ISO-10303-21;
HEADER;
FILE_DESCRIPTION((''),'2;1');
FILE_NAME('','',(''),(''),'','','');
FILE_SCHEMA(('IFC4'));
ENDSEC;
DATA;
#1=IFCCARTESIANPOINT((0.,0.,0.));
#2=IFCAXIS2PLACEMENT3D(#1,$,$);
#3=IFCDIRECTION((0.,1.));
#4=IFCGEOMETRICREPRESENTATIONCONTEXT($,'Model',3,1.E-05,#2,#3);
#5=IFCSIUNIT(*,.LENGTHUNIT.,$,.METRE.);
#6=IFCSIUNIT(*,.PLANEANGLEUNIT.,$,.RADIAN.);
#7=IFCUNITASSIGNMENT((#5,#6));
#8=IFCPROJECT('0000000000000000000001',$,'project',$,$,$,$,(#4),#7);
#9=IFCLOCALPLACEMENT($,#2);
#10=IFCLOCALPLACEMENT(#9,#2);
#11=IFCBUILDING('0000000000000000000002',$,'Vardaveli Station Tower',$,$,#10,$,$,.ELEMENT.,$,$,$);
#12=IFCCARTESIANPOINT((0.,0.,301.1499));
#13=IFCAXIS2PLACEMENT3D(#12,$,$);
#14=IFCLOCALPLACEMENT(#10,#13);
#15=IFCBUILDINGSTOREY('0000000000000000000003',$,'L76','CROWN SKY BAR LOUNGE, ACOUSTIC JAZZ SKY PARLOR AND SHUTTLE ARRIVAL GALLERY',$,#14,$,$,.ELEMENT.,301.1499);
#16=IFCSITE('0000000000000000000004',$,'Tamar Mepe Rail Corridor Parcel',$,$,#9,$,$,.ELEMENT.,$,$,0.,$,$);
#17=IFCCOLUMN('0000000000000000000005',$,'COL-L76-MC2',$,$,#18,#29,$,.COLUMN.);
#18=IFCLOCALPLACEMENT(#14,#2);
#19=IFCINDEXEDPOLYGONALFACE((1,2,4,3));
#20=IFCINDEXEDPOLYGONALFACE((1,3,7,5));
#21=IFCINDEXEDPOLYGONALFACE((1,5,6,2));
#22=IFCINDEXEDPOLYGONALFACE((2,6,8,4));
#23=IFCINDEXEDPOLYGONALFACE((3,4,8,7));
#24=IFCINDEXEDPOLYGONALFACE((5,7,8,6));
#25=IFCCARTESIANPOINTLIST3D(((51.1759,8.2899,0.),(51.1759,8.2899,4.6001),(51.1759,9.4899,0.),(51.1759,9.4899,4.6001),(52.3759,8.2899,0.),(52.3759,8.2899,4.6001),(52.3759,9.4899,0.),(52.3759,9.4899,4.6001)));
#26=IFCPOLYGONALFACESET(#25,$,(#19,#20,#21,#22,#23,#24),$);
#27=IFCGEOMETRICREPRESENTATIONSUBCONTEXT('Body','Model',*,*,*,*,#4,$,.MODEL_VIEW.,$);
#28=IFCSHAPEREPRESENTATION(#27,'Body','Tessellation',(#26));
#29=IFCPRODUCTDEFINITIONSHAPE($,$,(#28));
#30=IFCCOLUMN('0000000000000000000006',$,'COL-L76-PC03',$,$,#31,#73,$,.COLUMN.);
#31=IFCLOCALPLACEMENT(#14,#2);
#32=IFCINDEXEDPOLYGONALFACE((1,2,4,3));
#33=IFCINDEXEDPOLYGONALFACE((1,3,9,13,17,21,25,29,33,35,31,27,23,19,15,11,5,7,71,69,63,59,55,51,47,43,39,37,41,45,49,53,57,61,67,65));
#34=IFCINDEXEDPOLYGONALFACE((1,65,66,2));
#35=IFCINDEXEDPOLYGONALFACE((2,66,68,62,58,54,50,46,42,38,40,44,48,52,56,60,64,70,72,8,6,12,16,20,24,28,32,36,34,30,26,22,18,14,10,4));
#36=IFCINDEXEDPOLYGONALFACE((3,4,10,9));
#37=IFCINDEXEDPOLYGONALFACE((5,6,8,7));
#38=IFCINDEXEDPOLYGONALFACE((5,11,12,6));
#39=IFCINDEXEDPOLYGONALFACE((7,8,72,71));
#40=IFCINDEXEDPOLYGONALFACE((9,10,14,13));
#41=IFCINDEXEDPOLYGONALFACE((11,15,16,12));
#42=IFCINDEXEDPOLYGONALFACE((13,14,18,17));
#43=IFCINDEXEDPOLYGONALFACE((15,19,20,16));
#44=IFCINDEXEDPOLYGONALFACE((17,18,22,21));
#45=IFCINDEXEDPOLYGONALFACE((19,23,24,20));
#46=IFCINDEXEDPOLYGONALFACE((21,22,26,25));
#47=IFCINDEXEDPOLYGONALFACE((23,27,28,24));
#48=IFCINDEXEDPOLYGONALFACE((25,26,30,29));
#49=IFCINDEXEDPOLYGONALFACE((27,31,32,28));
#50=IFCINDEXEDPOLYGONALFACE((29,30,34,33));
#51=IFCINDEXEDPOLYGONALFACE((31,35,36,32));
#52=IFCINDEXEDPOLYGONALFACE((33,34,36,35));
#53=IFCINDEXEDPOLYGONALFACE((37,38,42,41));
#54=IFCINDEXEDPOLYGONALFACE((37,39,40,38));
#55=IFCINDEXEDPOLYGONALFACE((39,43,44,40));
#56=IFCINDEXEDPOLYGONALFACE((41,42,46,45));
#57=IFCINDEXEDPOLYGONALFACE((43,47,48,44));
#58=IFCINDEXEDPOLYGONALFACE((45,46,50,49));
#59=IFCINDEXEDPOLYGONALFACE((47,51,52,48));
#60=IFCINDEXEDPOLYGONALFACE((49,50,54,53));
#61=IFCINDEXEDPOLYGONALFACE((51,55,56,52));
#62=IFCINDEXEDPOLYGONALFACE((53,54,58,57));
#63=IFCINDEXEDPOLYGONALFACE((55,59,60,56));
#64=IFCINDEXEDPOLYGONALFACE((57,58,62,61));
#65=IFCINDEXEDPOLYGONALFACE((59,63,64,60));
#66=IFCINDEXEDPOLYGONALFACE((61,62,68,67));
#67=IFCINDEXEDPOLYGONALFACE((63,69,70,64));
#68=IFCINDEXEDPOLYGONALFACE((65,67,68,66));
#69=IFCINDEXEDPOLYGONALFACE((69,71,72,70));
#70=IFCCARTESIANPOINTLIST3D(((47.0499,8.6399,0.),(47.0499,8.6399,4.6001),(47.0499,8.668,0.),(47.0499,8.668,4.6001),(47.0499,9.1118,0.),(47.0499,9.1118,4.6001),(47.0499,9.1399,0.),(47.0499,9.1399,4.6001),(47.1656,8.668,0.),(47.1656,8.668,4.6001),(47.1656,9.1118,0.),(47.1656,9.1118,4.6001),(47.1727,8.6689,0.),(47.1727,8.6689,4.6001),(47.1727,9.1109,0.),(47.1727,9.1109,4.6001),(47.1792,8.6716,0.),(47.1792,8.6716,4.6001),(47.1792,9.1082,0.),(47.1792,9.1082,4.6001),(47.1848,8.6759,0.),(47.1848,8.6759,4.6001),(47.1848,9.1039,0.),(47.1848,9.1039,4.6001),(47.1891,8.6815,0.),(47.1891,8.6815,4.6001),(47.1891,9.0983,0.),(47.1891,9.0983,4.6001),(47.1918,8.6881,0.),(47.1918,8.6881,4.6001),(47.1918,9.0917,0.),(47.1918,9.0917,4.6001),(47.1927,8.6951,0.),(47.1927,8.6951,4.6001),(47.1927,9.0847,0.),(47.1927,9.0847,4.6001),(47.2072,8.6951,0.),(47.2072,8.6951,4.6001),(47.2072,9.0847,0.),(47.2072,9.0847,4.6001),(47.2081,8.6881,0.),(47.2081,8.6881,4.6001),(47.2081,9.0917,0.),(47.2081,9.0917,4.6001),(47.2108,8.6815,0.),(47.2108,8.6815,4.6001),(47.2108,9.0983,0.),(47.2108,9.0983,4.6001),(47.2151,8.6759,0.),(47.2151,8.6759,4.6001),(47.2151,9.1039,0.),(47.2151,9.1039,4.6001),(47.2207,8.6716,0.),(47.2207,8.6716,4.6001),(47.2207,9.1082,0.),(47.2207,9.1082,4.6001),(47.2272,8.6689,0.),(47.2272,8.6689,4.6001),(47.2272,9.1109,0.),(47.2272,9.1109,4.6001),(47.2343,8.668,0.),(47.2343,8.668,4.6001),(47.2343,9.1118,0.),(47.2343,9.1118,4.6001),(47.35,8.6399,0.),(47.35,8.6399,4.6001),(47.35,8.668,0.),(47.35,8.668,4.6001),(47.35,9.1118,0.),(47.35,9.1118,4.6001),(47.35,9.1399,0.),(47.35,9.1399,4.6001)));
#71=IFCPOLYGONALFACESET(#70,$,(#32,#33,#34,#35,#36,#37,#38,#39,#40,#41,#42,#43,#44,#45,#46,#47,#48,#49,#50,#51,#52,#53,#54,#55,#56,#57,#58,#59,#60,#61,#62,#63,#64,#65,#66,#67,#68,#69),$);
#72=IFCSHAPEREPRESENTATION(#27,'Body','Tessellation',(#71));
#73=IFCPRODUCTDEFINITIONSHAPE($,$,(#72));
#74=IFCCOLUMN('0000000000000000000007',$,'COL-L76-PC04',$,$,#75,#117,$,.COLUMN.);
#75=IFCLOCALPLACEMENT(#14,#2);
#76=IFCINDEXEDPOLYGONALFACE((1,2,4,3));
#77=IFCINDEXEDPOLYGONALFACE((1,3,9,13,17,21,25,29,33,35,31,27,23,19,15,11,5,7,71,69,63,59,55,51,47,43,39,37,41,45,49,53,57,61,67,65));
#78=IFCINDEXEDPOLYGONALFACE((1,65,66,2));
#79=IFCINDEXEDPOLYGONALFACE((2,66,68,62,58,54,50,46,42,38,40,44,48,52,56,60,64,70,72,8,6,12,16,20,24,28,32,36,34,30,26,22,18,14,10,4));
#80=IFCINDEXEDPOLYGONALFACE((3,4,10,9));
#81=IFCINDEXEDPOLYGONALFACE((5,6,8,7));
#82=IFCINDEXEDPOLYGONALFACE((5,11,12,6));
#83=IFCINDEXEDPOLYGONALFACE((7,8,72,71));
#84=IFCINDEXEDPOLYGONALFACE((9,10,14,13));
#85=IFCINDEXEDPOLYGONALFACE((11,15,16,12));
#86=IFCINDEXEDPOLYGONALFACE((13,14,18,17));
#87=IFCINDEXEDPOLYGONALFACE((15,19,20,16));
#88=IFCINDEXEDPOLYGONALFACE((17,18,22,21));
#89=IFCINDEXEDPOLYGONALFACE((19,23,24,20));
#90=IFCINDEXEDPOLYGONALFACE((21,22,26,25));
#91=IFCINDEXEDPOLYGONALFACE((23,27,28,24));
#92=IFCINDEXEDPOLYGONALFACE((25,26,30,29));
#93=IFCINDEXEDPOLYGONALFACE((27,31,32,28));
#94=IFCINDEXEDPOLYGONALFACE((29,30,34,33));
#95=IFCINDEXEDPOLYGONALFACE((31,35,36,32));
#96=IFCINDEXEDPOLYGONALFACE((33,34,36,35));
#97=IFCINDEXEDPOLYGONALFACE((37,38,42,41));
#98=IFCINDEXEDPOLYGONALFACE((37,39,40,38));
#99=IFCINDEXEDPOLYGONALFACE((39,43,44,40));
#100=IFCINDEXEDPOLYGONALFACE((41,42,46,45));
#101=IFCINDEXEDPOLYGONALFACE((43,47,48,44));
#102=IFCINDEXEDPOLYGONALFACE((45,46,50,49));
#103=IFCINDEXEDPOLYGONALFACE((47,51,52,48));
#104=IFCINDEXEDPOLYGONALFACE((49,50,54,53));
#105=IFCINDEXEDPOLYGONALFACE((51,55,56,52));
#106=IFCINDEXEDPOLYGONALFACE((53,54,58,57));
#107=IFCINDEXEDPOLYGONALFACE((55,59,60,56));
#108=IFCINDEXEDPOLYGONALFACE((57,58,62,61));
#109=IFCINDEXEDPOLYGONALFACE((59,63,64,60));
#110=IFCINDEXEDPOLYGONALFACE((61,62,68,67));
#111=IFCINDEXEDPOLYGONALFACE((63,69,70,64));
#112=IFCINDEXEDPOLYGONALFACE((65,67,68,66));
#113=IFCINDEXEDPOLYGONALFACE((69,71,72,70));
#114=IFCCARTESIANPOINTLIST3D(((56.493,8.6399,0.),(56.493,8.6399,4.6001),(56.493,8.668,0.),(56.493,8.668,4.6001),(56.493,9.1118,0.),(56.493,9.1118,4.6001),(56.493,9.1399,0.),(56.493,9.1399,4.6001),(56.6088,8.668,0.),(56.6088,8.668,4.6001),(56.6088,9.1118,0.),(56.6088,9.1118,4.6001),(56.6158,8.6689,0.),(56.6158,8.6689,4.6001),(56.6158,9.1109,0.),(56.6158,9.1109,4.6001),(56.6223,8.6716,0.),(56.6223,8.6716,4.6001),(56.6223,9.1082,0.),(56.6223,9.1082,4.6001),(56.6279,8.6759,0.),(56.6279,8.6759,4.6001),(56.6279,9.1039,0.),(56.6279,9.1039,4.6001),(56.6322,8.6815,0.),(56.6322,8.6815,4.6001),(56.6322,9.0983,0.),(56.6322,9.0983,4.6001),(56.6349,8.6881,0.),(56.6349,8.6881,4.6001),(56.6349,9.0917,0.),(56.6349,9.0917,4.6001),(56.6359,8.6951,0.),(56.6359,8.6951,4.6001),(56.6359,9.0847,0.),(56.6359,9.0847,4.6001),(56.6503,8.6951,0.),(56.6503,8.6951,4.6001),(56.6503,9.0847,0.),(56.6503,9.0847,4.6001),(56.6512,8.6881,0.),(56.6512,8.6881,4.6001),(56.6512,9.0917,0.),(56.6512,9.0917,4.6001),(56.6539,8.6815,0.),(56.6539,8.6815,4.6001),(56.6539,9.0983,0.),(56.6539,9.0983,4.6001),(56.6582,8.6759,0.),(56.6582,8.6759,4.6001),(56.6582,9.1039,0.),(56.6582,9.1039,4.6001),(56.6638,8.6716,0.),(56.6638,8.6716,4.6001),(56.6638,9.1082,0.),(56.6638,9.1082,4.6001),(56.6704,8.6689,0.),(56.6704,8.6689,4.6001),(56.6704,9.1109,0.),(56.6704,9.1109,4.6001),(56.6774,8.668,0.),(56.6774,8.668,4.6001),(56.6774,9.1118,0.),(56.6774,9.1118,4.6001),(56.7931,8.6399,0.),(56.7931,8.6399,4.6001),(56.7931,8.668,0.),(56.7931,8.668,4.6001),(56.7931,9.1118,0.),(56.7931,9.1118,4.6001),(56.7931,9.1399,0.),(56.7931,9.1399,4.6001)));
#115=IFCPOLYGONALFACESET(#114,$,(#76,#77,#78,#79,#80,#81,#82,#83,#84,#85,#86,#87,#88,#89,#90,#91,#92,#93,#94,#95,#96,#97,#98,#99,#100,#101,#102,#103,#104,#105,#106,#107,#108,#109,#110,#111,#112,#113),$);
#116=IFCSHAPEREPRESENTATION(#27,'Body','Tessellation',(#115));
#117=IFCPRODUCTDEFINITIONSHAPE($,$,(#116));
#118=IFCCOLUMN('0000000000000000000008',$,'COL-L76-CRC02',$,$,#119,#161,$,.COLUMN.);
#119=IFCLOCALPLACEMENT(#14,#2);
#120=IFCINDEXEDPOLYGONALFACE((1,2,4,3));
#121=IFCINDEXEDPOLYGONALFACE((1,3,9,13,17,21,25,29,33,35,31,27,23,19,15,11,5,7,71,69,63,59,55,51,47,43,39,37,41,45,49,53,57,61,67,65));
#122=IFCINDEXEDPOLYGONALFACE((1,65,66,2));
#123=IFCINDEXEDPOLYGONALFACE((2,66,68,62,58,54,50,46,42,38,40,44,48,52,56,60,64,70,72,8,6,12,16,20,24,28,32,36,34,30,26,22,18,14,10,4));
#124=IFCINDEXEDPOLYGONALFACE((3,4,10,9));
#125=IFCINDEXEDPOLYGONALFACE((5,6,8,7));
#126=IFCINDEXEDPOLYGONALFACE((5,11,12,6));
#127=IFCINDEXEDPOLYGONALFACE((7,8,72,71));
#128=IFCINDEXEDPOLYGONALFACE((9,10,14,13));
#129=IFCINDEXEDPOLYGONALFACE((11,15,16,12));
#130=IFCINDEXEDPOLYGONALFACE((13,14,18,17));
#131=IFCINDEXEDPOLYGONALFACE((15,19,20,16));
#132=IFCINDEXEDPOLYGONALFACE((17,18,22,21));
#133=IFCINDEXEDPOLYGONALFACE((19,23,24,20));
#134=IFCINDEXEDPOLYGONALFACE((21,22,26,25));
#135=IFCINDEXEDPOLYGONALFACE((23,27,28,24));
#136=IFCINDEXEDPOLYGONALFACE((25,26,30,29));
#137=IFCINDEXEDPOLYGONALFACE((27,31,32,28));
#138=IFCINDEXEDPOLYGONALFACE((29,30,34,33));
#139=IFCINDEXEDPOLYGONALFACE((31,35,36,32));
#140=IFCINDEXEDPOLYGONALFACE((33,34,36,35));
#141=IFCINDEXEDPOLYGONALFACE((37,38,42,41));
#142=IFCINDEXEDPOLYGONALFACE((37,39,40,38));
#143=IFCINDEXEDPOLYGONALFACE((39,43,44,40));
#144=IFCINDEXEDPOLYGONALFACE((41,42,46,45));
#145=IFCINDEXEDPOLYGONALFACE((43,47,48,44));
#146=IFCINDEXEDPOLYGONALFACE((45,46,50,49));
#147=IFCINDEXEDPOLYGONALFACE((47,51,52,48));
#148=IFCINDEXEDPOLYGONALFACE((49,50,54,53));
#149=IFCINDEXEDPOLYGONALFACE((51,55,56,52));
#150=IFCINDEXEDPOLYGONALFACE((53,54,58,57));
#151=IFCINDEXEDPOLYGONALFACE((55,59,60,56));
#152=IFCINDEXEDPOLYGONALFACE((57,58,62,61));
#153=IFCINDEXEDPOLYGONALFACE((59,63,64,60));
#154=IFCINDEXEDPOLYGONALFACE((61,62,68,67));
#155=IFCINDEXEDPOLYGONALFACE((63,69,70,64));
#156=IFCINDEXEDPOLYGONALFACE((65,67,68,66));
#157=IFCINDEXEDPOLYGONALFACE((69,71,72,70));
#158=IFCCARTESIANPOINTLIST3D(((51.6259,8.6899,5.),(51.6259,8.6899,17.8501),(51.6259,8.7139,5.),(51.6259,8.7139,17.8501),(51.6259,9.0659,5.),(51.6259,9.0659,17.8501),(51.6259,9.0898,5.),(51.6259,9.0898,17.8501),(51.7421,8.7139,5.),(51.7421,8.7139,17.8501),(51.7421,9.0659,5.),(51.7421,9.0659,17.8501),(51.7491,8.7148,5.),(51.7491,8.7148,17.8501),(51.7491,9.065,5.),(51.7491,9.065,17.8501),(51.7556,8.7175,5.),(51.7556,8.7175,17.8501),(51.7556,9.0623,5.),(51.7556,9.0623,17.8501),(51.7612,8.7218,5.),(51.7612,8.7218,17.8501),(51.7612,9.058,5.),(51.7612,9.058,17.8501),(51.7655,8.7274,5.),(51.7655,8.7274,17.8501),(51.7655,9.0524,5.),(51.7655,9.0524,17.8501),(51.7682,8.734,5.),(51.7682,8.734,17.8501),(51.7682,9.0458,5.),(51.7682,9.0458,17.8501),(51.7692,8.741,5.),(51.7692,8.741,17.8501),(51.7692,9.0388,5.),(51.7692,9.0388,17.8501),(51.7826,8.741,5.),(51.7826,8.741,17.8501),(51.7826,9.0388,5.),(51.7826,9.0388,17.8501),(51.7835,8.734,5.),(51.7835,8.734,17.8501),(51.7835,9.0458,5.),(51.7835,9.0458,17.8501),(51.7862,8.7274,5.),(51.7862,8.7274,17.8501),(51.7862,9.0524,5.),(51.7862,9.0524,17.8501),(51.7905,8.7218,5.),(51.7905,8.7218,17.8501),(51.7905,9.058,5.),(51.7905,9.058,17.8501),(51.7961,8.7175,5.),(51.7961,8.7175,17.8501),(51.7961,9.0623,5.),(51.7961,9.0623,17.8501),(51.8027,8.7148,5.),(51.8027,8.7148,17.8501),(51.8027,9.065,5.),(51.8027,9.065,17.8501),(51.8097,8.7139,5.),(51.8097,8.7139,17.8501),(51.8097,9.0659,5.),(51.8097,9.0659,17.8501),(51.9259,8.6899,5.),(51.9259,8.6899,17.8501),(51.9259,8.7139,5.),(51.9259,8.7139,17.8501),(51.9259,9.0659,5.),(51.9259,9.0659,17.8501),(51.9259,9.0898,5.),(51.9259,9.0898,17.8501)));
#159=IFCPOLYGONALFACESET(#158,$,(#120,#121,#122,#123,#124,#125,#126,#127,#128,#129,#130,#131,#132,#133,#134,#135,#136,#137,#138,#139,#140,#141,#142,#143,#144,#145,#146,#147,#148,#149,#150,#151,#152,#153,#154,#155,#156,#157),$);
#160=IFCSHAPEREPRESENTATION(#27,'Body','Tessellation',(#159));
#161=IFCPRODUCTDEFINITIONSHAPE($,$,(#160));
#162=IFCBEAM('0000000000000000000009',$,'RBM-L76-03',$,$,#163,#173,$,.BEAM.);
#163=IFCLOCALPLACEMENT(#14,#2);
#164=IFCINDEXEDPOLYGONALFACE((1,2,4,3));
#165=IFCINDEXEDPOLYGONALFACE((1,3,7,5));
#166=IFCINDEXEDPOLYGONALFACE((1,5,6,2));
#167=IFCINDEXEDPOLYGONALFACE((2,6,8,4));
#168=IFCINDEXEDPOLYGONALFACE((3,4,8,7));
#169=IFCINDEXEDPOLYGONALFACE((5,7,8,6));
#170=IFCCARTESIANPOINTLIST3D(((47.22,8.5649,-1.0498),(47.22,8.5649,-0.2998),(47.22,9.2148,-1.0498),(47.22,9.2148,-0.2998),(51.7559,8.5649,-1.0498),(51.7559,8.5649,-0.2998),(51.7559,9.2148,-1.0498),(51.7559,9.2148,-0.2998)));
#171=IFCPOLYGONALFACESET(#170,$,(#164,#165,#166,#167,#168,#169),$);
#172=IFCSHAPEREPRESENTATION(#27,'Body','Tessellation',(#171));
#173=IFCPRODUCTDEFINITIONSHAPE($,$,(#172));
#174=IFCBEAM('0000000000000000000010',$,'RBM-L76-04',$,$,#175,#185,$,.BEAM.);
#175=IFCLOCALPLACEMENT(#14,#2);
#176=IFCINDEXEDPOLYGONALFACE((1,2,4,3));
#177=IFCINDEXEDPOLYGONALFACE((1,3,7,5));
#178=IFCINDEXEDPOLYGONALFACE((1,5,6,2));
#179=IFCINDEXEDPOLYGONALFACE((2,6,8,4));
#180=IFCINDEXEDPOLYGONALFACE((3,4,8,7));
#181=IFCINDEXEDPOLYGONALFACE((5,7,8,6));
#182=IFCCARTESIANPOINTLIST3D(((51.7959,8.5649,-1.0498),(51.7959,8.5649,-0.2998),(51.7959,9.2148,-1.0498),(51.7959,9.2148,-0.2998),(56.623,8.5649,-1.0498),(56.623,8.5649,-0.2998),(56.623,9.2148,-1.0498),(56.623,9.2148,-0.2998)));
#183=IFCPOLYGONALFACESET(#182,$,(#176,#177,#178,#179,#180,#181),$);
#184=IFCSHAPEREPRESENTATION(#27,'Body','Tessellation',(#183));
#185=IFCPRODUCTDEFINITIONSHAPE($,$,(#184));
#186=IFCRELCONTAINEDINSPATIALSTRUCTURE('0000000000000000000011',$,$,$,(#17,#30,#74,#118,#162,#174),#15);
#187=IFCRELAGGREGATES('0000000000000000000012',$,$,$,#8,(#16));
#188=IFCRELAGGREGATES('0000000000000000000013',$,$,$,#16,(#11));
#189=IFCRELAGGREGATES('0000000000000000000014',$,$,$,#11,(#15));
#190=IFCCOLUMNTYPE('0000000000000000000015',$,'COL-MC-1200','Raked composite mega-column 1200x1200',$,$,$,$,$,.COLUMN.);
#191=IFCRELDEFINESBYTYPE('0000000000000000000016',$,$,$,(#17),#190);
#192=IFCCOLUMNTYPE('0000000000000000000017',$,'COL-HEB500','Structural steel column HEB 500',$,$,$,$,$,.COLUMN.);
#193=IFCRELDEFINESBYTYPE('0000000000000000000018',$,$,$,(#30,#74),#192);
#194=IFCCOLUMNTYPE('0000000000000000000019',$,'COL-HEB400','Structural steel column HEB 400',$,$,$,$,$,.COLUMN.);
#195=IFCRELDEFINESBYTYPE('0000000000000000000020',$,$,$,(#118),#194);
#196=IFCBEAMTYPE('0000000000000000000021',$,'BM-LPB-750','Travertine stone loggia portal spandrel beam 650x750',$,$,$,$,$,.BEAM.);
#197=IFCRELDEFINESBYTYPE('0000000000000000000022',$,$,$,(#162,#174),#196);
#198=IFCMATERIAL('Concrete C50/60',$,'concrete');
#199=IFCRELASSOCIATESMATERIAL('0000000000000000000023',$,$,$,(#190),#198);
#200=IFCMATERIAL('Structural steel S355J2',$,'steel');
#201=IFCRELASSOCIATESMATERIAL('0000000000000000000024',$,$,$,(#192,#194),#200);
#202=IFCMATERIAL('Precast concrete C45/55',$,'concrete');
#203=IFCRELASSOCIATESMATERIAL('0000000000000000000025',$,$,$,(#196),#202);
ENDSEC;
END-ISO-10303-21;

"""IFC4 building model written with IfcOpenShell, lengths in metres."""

from ifc_helpers import new_model, si_unit, direction, frame, origin, origin_2d, place, context, subcontext, project, spatial, rectangle, i_section, extrude, source, transform, mapped, material, material_profile, profile_set, type_object, element, save


model = new_model("IFC4")

# Units and contexts
model_context = context("Model", 3, precision=1e-05, world=origin(), true_north=direction((0.0, 1.0)))
body_context = subcontext(model_context, "Body", "Model", "MODEL_VIEW")
ifc_project = project(units=[si_unit("LENGTHUNIT", "METRE"), si_unit("PLANEANGLEUNIT", "RADIAN")], contexts=[model_context])

# Site, building, storey
site_placement = place(None, origin())
site = spatial("IfcSite", under=ifc_project, at=site_placement, Name="Tamar Mepe Rail Corridor Parcel", CompositionType="ELEMENT", RefElevation=0.0)
building_placement = place(site_placement, origin())
building = spatial("IfcBuilding", under=site, at=building_placement, Name="Vardaveli Station Tower", CompositionType="ELEMENT")
storey_placement = place(building_placement, frame((0.0, 0.0, 301.1499)))
storey = spatial("IfcBuildingStorey", under=building, at=storey_placement, Name="L76", Description="CROWN SKY BAR LOUNGE, ACOUSTIC JAZZ SKY PARLOR AND SHUTTLE ARRIVAL GALLERY", CompositionType="ELEMENT", Elevation=301.1499)

# Columns
ifc_material_1 = material(Name="Concrete C50/60", Category="concrete")
ifc_material_profile_1 = material_profile(ifc_material_1, rectangle(XDim=1.2, YDim=1.2, at=origin_2d()), Name="MC 1200x1200")
ifc_profile_set_1 = profile_set([ifc_material_profile_1], Name="Concrete C50/60")
column_type_1 = type_object("IfcColumnType", Name="COL-MC-1200", Description="Raked composite mega-column 1200x1200", PredefinedType="COLUMN", material=ifc_profile_set_1)
shared_shape_1 = source(origin(), body_context, "Body", "SweptSolid", [
    extrude(rectangle(XDim=1.2, YDim=1.2, at=origin_2d()), origin(), (0.0, 0.0, 1.0), 4.6001),
])
column_1_placement = place(storey_placement, frame((51.7759, 8.8899, 0.0), z_axis=(0.0, 0.0, 1.0), x_axis=(1.0, 0.0, 0.0)))
element("IfcColumn", 1, at=column_1_placement, inside=storey, type_object=column_type_1, Name="COL-L76-MC2", PredefinedType="COLUMN", context=body_context, shape_type="MappedRepresentation", body=[
    mapped(shared_shape_1, transform((0.0, 0.0, 0.0), scale=1.0)),
])
ifc_material_2 = material(Name="Structural steel S355J2", Category="steel")
ifc_material_profile_2 = material_profile(ifc_material_2, i_section(OverallWidth=0.3, OverallDepth=0.5, WebThickness=0.0144, FlangeThickness=0.0281, FilletRadius=0.0271, at=origin_2d()), Name="HEB 500")
ifc_profile_set_2 = profile_set([ifc_material_profile_2], Name="Structural steel S355J2")
column_type_2 = type_object("IfcColumnType", Name="COL-HEB500", Description="Structural steel column HEB 500", PredefinedType="COLUMN", material=ifc_profile_set_2)
shared_shape_2 = source(origin(), body_context, "Body", "SweptSolid", [
    extrude(i_section(OverallWidth=0.3, OverallDepth=0.5, WebThickness=0.0144, FlangeThickness=0.0281, FilletRadius=0.0271, at=origin_2d()), origin(), (0.0, 0.0, 1.0), 4.6001),
])
for number, where, z_axis, x_axis, name in (
    (2, (47.2, 8.8899, 0.0), (0.0, 0.0, 1.0), (1.0, 0.0, 0.0), "COL-L76-PC03"),
    (3, (56.6431, 8.8899, 0.0), (0.0, 0.0, 1.0), (1.0, 0.0, 0.0), "COL-L76-PC04"),
):
    element("IfcColumn", number, at=place(storey_placement, frame(where, z_axis=z_axis, x_axis=x_axis)), inside=storey, type_object=column_type_2, Name=name, PredefinedType="COLUMN", context=body_context, shape_type="MappedRepresentation", body=[
        mapped(shared_shape_2, transform((0.0, 0.0, 0.0), scale=1.0)),
    ])
ifc_material_profile_3 = material_profile(ifc_material_2, i_section(OverallWidth=0.3, OverallDepth=0.3999, WebThickness=0.0134, FlangeThickness=0.0239, FilletRadius=0.0271, at=origin_2d()), Name="HEB 400")
ifc_profile_set_3 = profile_set([ifc_material_profile_3], Name="Structural steel S355J2")
column_type_3 = type_object("IfcColumnType", Name="COL-HEB400", Description="Structural steel column HEB 400", PredefinedType="COLUMN", material=ifc_profile_set_3)
shared_shape_3 = source(origin(), body_context, "Body", "SweptSolid", [
    extrude(i_section(OverallWidth=0.3, OverallDepth=0.3999, WebThickness=0.0134, FlangeThickness=0.0239, FilletRadius=0.0271, at=origin_2d()), origin(), (0.0, 0.0, 1.0), 12.8501),
])
column_2_placement = place(storey_placement, frame((51.7759, 8.8899, 5.0), z_axis=(0.0, 0.0, 1.0), x_axis=(1.0, 0.0, 0.0)))
element("IfcColumn", 4, at=column_2_placement, inside=storey, type_object=column_type_3, Name="COL-L76-CRC02", PredefinedType="COLUMN", context=body_context, shape_type="MappedRepresentation", body=[
    mapped(shared_shape_3, transform((0.0, 0.0, 0.0), scale=1.0)),
])

# Beams
ifc_material_3 = material(Name="Precast concrete C45/55", Category="concrete")
ifc_material_profile_4 = material_profile(ifc_material_3, rectangle(XDim=0.6499, YDim=0.75, at=origin_2d()), Name="LPB 650x750")
ifc_profile_set_4 = profile_set([ifc_material_profile_4], Name="Precast concrete C45/55")
beam_type_1 = type_object("IfcBeamType", Name="BM-LPB-750", Description="Travertine stone loggia portal spandrel beam 650x750", PredefinedType="BEAM", material=ifc_profile_set_4)
shared_shape_4 = source(origin(), body_context, "Body", "SweptSolid", [
    extrude(rectangle(XDim=0.6499, YDim=0.75, at=origin_2d()), origin(), (0.0, 0.0, 1.0), 4.5359),
])
beam_1_placement = place(storey_placement, frame((47.22, 8.8899, -0.6748), z_axis=(1.0, 0.0, 0.0), x_axis=(0.0, 1.0, 0.0)))
element("IfcBeam", 5, at=beam_1_placement, inside=storey, type_object=beam_type_1, Name="RBM-L76-03", PredefinedType="BEAM", context=body_context, shape_type="MappedRepresentation", body=[
    mapped(shared_shape_4, transform((0.0, 0.0, 0.0), scale=1.0)),
])
shared_shape_5 = source(origin(), body_context, "Body", "SweptSolid", [
    extrude(rectangle(XDim=0.6499, YDim=0.75, at=origin_2d()), origin(), (0.0, 0.0, 1.0), 4.8271),
])
beam_2_placement = place(storey_placement, frame((51.7959, 8.8899, -0.6748), z_axis=(1.0, 0.0, 0.0), x_axis=(0.0, 1.0, 0.0)))
element("IfcBeam", 6, at=beam_2_placement, inside=storey, type_object=beam_type_1, Name="RBM-L76-04", PredefinedType="BEAM", context=body_context, shape_type="MappedRepresentation", body=[
    mapped(shared_shape_5, transform((0.0, 0.0, 0.0), scale=1.0)),
])

save(model, "model.ifc")
